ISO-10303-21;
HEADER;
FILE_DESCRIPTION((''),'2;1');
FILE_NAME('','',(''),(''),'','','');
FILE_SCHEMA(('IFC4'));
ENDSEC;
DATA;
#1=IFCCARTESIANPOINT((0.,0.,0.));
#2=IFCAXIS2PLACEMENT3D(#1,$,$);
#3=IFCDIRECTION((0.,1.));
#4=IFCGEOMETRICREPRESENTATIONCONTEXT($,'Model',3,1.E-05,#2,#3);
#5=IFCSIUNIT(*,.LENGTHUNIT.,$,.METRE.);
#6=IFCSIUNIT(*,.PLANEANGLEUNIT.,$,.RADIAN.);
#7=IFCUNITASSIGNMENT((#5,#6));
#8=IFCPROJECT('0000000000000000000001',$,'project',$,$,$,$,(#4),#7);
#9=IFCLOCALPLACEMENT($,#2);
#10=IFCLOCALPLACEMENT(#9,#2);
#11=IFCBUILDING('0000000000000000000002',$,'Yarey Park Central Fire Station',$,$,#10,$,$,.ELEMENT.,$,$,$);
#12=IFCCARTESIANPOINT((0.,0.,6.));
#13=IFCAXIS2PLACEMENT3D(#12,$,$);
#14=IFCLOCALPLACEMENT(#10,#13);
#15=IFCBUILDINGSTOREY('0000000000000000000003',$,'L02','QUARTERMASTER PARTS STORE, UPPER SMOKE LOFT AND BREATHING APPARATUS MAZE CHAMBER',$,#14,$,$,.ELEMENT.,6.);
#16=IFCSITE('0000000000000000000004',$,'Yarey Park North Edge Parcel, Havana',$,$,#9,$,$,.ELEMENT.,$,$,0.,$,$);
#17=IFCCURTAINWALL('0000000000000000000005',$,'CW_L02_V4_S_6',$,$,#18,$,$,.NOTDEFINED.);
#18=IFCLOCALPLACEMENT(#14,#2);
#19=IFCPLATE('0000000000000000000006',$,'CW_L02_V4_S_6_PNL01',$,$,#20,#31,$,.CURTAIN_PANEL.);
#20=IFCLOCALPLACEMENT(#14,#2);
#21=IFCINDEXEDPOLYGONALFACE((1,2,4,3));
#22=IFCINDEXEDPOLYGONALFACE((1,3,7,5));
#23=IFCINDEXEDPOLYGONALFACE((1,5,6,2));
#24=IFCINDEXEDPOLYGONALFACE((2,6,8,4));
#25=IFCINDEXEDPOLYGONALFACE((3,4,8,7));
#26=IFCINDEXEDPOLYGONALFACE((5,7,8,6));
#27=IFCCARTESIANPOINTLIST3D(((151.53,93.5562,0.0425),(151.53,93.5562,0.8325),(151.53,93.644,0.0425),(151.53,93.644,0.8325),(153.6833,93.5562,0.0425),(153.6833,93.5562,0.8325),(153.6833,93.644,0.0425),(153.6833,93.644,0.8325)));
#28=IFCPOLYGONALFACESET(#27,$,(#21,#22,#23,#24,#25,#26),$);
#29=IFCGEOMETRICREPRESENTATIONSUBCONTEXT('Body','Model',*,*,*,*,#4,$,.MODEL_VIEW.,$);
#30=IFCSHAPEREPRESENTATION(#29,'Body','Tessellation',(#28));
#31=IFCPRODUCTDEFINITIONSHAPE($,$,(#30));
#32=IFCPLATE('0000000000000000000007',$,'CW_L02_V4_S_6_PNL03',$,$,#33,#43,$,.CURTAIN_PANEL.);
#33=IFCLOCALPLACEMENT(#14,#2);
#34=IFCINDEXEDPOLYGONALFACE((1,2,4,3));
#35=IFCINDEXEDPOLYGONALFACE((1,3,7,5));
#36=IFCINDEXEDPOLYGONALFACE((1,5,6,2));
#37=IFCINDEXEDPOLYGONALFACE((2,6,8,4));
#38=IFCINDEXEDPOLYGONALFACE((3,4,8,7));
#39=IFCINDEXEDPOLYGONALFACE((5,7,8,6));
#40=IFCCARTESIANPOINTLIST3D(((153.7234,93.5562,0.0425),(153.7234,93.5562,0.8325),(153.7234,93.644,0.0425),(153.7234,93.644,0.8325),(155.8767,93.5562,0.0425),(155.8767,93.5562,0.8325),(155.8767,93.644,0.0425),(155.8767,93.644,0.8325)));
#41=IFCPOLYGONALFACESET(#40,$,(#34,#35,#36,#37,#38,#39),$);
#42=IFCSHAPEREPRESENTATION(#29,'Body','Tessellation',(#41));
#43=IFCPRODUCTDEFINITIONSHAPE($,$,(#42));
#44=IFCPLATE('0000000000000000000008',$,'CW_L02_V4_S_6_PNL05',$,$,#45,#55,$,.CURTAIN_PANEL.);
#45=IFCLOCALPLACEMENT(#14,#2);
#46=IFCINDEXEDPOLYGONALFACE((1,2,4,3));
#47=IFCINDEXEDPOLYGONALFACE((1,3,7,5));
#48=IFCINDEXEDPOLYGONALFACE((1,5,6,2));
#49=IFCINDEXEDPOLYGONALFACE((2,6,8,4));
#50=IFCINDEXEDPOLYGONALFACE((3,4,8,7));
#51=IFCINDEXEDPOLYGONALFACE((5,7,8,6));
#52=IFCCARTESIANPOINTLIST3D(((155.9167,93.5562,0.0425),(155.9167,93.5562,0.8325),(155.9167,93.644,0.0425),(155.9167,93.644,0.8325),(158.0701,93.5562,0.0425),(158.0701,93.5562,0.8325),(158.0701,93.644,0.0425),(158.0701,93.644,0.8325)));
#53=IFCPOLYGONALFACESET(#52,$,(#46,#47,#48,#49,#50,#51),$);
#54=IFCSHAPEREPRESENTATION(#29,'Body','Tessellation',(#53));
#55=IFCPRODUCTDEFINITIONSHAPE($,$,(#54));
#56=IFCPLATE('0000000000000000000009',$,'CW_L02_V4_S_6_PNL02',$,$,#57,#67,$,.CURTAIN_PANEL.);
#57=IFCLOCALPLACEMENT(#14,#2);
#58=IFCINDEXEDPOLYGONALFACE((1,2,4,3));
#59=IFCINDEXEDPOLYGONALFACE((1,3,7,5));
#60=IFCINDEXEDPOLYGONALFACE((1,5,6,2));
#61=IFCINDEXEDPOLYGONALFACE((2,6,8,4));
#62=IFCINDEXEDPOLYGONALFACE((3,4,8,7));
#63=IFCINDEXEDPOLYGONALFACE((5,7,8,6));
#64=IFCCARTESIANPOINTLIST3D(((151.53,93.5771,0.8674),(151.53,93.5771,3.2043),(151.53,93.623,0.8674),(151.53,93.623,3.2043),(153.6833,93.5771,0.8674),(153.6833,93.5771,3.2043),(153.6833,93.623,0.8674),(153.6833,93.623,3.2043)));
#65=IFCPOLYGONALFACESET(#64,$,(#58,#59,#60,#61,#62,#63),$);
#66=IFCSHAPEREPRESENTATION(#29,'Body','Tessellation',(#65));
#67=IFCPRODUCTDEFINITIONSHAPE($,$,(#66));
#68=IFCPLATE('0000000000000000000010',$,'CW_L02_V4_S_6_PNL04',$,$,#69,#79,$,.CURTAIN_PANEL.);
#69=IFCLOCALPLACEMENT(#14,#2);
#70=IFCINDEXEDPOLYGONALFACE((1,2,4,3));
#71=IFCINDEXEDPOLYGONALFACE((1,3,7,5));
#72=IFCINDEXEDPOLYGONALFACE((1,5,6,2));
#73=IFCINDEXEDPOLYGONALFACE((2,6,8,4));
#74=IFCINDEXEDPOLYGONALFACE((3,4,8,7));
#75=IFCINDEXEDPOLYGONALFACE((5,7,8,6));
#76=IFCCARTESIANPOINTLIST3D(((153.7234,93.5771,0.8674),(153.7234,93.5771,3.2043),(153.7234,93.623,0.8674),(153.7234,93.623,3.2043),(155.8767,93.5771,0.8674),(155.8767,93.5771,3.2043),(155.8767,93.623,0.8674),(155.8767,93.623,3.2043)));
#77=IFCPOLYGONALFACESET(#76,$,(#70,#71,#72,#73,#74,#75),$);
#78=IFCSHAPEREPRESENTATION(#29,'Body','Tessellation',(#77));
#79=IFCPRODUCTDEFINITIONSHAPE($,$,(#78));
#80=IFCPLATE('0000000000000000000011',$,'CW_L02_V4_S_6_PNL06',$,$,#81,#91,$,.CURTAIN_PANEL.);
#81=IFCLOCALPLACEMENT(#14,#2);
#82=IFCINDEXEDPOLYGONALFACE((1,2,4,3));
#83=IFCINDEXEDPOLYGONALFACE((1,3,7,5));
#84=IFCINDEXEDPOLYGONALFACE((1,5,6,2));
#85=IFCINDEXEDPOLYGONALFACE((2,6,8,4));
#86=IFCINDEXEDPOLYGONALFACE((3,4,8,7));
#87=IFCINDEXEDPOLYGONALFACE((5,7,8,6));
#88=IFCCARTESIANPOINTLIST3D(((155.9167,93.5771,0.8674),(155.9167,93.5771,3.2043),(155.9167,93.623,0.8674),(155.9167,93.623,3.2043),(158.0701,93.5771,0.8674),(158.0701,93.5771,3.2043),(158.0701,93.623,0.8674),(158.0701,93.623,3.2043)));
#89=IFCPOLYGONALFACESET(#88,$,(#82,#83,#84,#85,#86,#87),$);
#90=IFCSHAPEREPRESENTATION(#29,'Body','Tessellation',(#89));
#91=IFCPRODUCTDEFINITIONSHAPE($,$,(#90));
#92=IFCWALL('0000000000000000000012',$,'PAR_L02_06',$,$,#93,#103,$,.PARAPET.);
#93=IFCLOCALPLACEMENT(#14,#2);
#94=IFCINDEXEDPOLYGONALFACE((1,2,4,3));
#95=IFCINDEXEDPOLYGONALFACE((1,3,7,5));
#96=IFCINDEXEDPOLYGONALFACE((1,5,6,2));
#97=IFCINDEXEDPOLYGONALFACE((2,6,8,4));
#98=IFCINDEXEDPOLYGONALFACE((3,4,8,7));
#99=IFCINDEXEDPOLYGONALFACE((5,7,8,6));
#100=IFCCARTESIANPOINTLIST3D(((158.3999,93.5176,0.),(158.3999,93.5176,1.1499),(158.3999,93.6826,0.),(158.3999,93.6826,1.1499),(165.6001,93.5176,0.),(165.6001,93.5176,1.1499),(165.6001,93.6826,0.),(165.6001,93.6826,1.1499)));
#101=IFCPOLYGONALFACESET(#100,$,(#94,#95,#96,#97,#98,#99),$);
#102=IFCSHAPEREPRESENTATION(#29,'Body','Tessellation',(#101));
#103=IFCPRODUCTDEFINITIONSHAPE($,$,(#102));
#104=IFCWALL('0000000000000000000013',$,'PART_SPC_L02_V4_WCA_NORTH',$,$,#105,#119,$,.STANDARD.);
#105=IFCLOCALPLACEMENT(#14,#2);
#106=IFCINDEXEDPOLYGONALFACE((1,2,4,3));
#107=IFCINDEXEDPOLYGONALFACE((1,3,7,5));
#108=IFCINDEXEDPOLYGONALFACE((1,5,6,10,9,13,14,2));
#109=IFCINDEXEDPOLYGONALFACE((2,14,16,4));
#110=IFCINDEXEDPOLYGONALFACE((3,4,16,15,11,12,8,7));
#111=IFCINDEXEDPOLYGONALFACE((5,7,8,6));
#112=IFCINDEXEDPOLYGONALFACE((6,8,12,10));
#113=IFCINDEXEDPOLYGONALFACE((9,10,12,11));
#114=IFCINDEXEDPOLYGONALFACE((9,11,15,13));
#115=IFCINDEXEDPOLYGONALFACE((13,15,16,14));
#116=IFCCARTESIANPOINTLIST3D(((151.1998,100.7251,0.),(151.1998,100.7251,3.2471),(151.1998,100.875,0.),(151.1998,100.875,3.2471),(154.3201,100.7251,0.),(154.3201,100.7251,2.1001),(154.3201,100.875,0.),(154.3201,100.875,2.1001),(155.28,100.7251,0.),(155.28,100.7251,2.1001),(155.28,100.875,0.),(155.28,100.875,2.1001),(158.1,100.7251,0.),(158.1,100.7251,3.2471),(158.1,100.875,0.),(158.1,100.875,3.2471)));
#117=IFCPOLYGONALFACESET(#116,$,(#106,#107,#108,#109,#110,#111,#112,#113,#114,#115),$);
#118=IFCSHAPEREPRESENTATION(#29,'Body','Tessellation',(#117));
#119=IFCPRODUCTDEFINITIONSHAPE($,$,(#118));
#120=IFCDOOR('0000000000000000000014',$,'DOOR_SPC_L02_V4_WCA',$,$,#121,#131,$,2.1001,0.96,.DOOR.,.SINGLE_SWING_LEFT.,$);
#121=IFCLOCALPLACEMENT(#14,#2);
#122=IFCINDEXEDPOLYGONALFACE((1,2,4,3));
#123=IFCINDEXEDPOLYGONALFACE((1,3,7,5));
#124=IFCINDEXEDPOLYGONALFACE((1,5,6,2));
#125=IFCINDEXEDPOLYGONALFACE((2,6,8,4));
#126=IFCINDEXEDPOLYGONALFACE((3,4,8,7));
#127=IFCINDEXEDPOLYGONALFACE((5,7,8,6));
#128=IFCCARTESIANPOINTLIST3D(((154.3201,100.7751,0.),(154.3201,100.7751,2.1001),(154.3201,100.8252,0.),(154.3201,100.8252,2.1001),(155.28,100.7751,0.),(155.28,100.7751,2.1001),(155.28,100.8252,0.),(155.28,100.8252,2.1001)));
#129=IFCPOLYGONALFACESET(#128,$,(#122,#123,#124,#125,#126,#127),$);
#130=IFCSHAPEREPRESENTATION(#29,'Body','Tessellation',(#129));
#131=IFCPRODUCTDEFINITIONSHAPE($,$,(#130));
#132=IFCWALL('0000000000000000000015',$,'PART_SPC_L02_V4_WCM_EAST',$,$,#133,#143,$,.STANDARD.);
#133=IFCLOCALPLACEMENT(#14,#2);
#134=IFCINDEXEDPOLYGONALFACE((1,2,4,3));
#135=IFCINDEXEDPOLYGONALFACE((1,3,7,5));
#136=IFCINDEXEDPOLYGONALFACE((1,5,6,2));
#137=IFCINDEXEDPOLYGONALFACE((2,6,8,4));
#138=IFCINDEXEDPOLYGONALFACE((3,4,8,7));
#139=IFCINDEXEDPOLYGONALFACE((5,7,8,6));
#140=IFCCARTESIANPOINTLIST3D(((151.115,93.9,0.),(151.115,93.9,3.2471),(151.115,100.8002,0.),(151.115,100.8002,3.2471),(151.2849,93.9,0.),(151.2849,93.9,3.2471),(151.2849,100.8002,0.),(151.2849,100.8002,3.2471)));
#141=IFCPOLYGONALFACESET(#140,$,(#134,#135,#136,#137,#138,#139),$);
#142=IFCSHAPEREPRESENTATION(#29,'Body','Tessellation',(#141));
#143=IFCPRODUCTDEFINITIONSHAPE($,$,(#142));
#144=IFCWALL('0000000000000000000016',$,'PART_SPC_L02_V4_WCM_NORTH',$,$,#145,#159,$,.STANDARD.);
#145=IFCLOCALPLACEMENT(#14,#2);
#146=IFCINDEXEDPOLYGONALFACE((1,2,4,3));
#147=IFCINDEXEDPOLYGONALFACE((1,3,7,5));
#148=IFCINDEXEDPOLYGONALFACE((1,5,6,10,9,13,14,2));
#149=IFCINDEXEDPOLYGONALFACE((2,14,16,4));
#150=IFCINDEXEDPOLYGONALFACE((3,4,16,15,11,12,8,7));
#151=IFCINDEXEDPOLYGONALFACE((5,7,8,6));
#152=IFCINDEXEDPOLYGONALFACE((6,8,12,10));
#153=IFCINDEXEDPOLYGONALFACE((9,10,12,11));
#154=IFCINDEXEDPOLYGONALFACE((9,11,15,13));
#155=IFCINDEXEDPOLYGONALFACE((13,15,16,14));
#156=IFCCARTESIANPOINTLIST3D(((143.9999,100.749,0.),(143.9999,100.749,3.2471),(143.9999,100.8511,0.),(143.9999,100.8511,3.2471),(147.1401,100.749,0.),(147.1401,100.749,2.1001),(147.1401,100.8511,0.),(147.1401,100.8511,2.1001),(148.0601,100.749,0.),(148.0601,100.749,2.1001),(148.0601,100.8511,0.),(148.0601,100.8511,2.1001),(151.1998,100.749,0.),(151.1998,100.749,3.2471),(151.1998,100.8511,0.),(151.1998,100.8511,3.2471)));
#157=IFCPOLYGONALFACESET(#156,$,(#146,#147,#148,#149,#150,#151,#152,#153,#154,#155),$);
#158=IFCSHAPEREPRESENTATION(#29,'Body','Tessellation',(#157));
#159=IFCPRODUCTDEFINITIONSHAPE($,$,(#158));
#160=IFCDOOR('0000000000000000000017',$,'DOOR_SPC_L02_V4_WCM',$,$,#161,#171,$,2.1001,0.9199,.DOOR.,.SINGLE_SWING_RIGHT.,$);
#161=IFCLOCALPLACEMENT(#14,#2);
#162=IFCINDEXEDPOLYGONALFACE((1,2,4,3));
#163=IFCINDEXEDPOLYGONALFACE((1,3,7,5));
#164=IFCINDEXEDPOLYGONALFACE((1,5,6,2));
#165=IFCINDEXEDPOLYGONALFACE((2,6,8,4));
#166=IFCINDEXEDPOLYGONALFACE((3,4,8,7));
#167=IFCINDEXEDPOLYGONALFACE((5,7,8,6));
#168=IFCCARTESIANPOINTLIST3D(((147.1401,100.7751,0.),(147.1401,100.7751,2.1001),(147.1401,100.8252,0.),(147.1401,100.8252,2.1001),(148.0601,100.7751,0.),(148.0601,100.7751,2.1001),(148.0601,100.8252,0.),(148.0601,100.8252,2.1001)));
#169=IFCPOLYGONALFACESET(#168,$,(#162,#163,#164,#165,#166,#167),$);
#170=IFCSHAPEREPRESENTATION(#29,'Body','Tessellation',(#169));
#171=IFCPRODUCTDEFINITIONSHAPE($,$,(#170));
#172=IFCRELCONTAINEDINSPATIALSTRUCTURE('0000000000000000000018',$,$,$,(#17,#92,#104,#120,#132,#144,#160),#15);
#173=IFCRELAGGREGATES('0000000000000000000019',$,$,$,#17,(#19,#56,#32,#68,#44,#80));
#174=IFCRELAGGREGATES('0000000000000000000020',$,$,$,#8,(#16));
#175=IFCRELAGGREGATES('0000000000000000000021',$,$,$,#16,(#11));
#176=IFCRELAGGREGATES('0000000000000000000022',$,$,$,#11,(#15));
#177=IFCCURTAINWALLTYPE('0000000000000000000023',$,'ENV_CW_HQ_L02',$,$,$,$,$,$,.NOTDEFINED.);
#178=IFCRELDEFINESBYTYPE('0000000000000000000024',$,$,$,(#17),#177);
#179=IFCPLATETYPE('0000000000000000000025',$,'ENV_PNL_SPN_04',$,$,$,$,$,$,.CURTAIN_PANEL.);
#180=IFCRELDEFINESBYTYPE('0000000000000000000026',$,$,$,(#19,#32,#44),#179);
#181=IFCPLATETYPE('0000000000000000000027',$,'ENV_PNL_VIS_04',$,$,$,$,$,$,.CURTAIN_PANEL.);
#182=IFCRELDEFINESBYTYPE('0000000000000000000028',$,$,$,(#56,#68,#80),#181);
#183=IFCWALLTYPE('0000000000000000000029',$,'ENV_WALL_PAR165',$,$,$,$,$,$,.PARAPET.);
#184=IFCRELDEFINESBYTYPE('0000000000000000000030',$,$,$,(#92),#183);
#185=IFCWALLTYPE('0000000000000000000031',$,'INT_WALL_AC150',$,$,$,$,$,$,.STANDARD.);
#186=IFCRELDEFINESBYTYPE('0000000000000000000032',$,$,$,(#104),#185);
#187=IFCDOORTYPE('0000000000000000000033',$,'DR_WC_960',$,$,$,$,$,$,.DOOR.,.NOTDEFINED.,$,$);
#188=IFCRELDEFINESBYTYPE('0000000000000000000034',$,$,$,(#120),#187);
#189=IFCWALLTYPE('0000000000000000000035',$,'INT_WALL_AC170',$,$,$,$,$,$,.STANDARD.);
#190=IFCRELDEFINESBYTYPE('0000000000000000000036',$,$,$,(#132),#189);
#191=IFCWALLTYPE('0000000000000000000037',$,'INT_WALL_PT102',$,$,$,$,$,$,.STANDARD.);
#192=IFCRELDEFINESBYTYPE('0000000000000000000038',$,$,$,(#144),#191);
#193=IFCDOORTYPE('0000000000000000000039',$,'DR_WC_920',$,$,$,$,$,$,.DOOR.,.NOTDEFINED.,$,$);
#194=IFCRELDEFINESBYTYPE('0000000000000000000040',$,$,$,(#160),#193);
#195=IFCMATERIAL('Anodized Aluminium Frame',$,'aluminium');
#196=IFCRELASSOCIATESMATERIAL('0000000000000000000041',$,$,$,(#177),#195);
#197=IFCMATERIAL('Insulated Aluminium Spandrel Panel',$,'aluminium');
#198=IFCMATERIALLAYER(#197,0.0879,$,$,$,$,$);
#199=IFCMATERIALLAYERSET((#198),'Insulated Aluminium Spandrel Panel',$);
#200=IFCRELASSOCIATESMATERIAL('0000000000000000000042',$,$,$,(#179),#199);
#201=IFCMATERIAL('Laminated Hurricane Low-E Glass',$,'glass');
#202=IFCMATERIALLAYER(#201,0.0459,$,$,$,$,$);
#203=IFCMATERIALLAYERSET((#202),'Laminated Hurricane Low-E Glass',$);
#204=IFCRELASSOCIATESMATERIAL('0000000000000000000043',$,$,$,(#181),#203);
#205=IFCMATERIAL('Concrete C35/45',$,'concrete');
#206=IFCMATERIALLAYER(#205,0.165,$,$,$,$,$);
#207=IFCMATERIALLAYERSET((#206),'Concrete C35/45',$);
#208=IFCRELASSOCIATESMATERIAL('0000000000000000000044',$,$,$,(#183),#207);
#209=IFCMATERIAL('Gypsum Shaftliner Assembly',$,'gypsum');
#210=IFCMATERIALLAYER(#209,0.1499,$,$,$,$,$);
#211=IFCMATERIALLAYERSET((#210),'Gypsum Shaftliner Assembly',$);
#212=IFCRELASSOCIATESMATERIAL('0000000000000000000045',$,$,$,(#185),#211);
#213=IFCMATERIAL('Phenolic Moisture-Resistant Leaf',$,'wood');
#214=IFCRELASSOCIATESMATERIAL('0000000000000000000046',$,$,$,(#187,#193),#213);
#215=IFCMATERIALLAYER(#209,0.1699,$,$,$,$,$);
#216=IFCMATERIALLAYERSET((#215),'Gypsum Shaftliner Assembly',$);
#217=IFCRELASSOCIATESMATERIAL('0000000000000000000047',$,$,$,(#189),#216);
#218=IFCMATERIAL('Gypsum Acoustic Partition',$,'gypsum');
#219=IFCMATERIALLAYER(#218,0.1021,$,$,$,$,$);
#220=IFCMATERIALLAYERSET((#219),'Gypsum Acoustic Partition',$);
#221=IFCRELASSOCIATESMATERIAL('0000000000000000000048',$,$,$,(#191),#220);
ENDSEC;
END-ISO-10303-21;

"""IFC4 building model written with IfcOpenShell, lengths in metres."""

from ifc_helpers import new_model, si_unit, direction, frame, frame_2d, origin, origin_2d, place, context, subcontext, project, spatial, rectangle, extrude, material, layer, layer_set, type_object, element, fill, aggregate, save


model = new_model("IFC4")

# Units and contexts
model_context = context("Model", 3, precision=1e-05, world=origin(), true_north=direction((0.0, 1.0)))
body_context = subcontext(model_context, "Body", "Model", "MODEL_VIEW")
ifc_project = project(units=[si_unit("LENGTHUNIT", "METRE"), si_unit("PLANEANGLEUNIT", "RADIAN")], contexts=[model_context])

# Site, building, storey
site_placement = place(None, origin())
site = spatial("IfcSite", under=ifc_project, at=site_placement, Name="Yarey Park North Edge Parcel, Havana", CompositionType="ELEMENT", RefElevation=0.0)
building_placement = place(site_placement, origin())
building = spatial("IfcBuilding", under=site, at=building_placement, Name="Yarey Park Central Fire Station", CompositionType="ELEMENT")
storey_placement = place(building_placement, frame((0.0, 0.0, 6.0)))
storey = spatial("IfcBuildingStorey", under=building, at=storey_placement, Name="L02", Description="QUARTERMASTER PARTS STORE, UPPER SMOKE LOFT AND BREATHING APPARATUS MAZE CHAMBER", CompositionType="ELEMENT", Elevation=6.0)

# Shared definitions
ifc_material_1 = material(Name="Anodized Aluminium Frame", Category="aluminium")
curtain_wall_type = type_object("IfcCurtainWallType", Name="ENV_CW_HQ_L02", PredefinedType="NOTDEFINED", material=ifc_material_1)

# Curtain wall
curtain_wall_1_placement = place(storey_placement, origin())
curtain_wall_1 = element("IfcCurtainWall", 1, at=curtain_wall_1_placement, inside=storey, type_object=curtain_wall_type, Name="CW_L02_V4_S_6", PredefinedType="NOTDEFINED")

# Plates
ifc_material_2 = material(Name="Insulated Aluminium Spandrel Panel", Category="aluminium")
ifc_layer_1 = layer(ifc_material_2, 0.0879)
ifc_layer_set_1 = layer_set([ifc_layer_1], Name="Insulated Aluminium Spandrel Panel")
plate_type_1 = type_object("IfcPlateType", Name="ENV_PNL_SPN_04", PredefinedType="CURTAIN_PANEL", material=ifc_layer_set_1)
plate_1_placement = place(storey_placement, frame((152.6067, 93.6001, 0.0425), z_axis=(0.0, 0.0, 1.0), x_axis=(1.0, 0.0, 0.0)))
plate_1 = element("IfcPlate", 2, at=plate_1_placement, type_object=plate_type_1, Name="CW_L02_V4_S_6_PNL01", PredefinedType="CURTAIN_PANEL", context=body_context, shape_type="SweptSolid", body=[
    extrude(rectangle(XDim=2.1533, YDim=0.0879, at=origin_2d()), origin(), (0.0, 0.0, 1.0), 0.79),
])
plate_2_placement = place(storey_placement, frame((154.8, 93.6001, 0.0425), z_axis=(0.0, 0.0, 1.0), x_axis=(1.0, 0.0, 0.0)))
plate_2 = element("IfcPlate", 3, at=plate_2_placement, type_object=plate_type_1, Name="CW_L02_V4_S_6_PNL03", PredefinedType="CURTAIN_PANEL", context=body_context, shape_type="SweptSolid", body=[
    extrude(rectangle(XDim=2.1533, YDim=0.0879, at=origin_2d()), origin(), (0.0, 0.0, 1.0), 0.79),
])
plate_3_placement = place(storey_placement, frame((156.9934, 93.6001, 0.0425), z_axis=(0.0, 0.0, 1.0), x_axis=(1.0, 0.0, 0.0)))
plate_3 = element("IfcPlate", 4, at=plate_3_placement, type_object=plate_type_1, Name="CW_L02_V4_S_6_PNL05", PredefinedType="CURTAIN_PANEL", context=body_context, shape_type="SweptSolid", body=[
    extrude(rectangle(XDim=2.1533, YDim=0.0879, at=origin_2d()), origin(), (0.0, 0.0, 1.0), 0.79),
])
ifc_material_3 = material(Name="Laminated Hurricane Low-E Glass", Category="glass")
ifc_layer_2 = layer(ifc_material_3, 0.0459)
ifc_layer_set_2 = layer_set([ifc_layer_2], Name="Laminated Hurricane Low-E Glass")
plate_type_2 = type_object("IfcPlateType", Name="ENV_PNL_VIS_04", PredefinedType="CURTAIN_PANEL", material=ifc_layer_set_2)
plate_4_placement = place(storey_placement, frame((152.6067, 93.6001, 0.8674), z_axis=(0.0, 0.0, 1.0), x_axis=(1.0, 0.0, 0.0)))
plate_4 = element("IfcPlate", 5, at=plate_4_placement, type_object=plate_type_2, Name="CW_L02_V4_S_6_PNL02", PredefinedType="CURTAIN_PANEL", context=body_context, shape_type="SweptSolid", body=[
    extrude(rectangle(XDim=2.1533, YDim=0.0459, at=origin_2d()), origin(), (0.0, 0.0, 1.0), 2.3369),
])
plate_5_placement = place(storey_placement, frame((154.8, 93.6001, 0.8674), z_axis=(0.0, 0.0, 1.0), x_axis=(1.0, 0.0, 0.0)))
plate_5 = element("IfcPlate", 6, at=plate_5_placement, type_object=plate_type_2, Name="CW_L02_V4_S_6_PNL04", PredefinedType="CURTAIN_PANEL", context=body_context, shape_type="SweptSolid", body=[
    extrude(rectangle(XDim=2.1533, YDim=0.0459, at=origin_2d()), origin(), (0.0, 0.0, 1.0), 2.3369),
])
plate_6_placement = place(storey_placement, frame((156.9934, 93.6001, 0.8674), z_axis=(0.0, 0.0, 1.0), x_axis=(1.0, 0.0, 0.0)))
plate_6 = element("IfcPlate", 7, at=plate_6_placement, type_object=plate_type_2, Name="CW_L02_V4_S_6_PNL06", PredefinedType="CURTAIN_PANEL", context=body_context, shape_type="SweptSolid", body=[
    extrude(rectangle(XDim=2.1533, YDim=0.0459, at=origin_2d()), origin(), (0.0, 0.0, 1.0), 2.3369),
])
aggregate(curtain_wall_1, [plate_1, plate_4, plate_2, plate_5, plate_3, plate_6])

# Wall
ifc_material_4 = material(Name="Concrete C35/45", Category="concrete")
ifc_layer_3 = layer(ifc_material_4, 0.165)
ifc_layer_set_3 = layer_set([ifc_layer_3], Name="Concrete C35/45")
wall_type_1 = type_object("IfcWallType", Name="ENV_WALL_PAR165", PredefinedType="PARAPET", material=ifc_layer_set_3)
wall_1_placement = place(storey_placement, frame((158.3999, 93.6001, 0.0), z_axis=(0.0, 0.0, 1.0), x_axis=(1.0, 0.0, 0.0)))
element("IfcWall", 8, at=wall_1_placement, inside=storey, type_object=wall_type_1, Name="PAR_L02_06", PredefinedType="PARAPET", context=body_context, shape_type="SweptSolid", body=[
    extrude(rectangle(XDim=7.2002, YDim=0.165, at=frame_2d((3.6001, 0.0))), origin(), (0.0, 0.0, 1.0), 1.1499),
])

# Wall, opening, door
ifc_material_5 = material(Name="Gypsum Shaftliner Assembly", Category="gypsum")
ifc_layer_4 = layer(ifc_material_5, 0.1499)
ifc_layer_set_4 = layer_set([ifc_layer_4], Name="Gypsum Shaftliner Assembly")
wall_type_2 = type_object("IfcWallType", Name="INT_WALL_AC150", PredefinedType="STANDARD", material=ifc_layer_set_4)
wall_2_placement = place(storey_placement, frame((158.1001, 100.8, 0.0), z_axis=(0.0, 0.0, 1.0), x_axis=(-1.0, 0.0, 0.0)))
wall_2 = element("IfcWall", 9, at=wall_2_placement, inside=storey, type_object=wall_type_2, Name="PART_SPC_L02_V4_WCA_NORTH", PredefinedType="STANDARD", context=body_context, shape_type="SweptSolid", body=[
    extrude(rectangle(XDim=6.9001, YDim=0.1499, at=frame_2d((3.4502, 0.0))), origin(), (0.0, 0.0, 1.0), 3.2471),
])
opening_1_placement = place(wall_2_placement, frame((2.8201, 0.0, 0.0)))
opening_1 = element("IfcOpeningElement", 10, at=opening_1_placement, cuts=wall_2, PredefinedType="OPENING", context=body_context, shape_type="SweptSolid", body=[
    extrude(rectangle(XDim=0.96, YDim=2.1001, at=frame_2d((0.48, 1.05))), frame((0.0, 0.085, 0.0), z_axis=(0.0, -1.0, 0.0), x_axis=(1.0, 0.0, 0.0)), (0.0, 0.0, 1.0), 0.1699),
])
ifc_material_6 = material(Name="Phenolic Moisture-Resistant Leaf", Category="wood")
door_type_1 = type_object("IfcDoorType", Name="DR_WC_960", OperationType="NOTDEFINED", PredefinedType="DOOR", material=ifc_material_6)
door_1_placement = place(opening_1_placement, origin())
door_1 = element("IfcDoor", 11, at=door_1_placement, inside=storey, type_object=door_type_1, Name="DOOR_SPC_L02_V4_WCA", OperationType="SINGLE_SWING_LEFT", OverallHeight=2.1001, OverallWidth=0.96, PredefinedType="DOOR", context=body_context, shape_type="SweptSolid", body=[
    extrude(rectangle(XDim=0.96, YDim=2.1001, at=frame_2d((0.48, 1.05))), frame((0.0, 0.0249, 0.0), z_axis=(0.0, -1.0, 0.0), x_axis=(1.0, 0.0, 0.0)), (0.0, 0.0, 1.0), 0.05),
])
fill(opening_1, door_1)

# Wall
ifc_layer_5 = layer(ifc_material_5, 0.1699)
ifc_layer_set_5 = layer_set([ifc_layer_5], Name="Gypsum Shaftliner Assembly")
wall_type_3 = type_object("IfcWallType", Name="INT_WALL_AC170", PredefinedType="STANDARD", material=ifc_layer_set_5)
wall_3_placement = place(storey_placement, frame((151.2, 93.8999, 0.0), z_axis=(0.0, 0.0, 1.0), x_axis=(0.0, 1.0, 0.0)))
element("IfcWall", 12, at=wall_3_placement, inside=storey, type_object=wall_type_3, Name="PART_SPC_L02_V4_WCM_EAST", PredefinedType="STANDARD", context=body_context, shape_type="SweptSolid", body=[
    extrude(rectangle(XDim=6.9001, YDim=0.1699, at=frame_2d((3.4502, 0.0))), origin(), (0.0, 0.0, 1.0), 3.2471),
])

# Wall, opening, door
ifc_material_7 = material(Name="Gypsum Acoustic Partition", Category="gypsum")
ifc_layer_6 = layer(ifc_material_7, 0.1021)
ifc_layer_set_6 = layer_set([ifc_layer_6], Name="Gypsum Acoustic Partition")
wall_type_4 = type_object("IfcWallType", Name="INT_WALL_PT102", PredefinedType="STANDARD", material=ifc_layer_set_6)
wall_4_placement = place(storey_placement, frame((151.2, 100.8, 0.0), z_axis=(0.0, 0.0, 1.0), x_axis=(-1.0, 0.0, 0.0)))
wall_4 = element("IfcWall", 13, at=wall_4_placement, inside=storey, type_object=wall_type_4, Name="PART_SPC_L02_V4_WCM_NORTH", PredefinedType="STANDARD", context=body_context, shape_type="SweptSolid", body=[
    extrude(rectangle(XDim=7.2, YDim=0.1021, at=frame_2d((3.6001, 0.0))), origin(), (0.0, 0.0, 1.0), 3.2471),
])
opening_2_placement = place(wall_4_placement, frame((3.1399, 0.0, 0.0)))
opening_2 = element("IfcOpeningElement", 14, at=opening_2_placement, cuts=wall_4, PredefinedType="OPENING", context=body_context, shape_type="SweptSolid", body=[
    extrude(rectangle(XDim=0.9199, YDim=2.1001, at=frame_2d((0.46, 1.05))), frame((0.0, 0.061, 0.0), z_axis=(0.0, -1.0, 0.0), x_axis=(1.0, 0.0, 0.0)), (0.0, 0.0, 1.0), 0.1221),
])
door_type_2 = type_object("IfcDoorType", Name="DR_WC_920", OperationType="NOTDEFINED", PredefinedType="DOOR", material=ifc_material_6)
door_2_placement = place(opening_2_placement, origin())
door_2 = element("IfcDoor", 15, at=door_2_placement, inside=storey, type_object=door_type_2, Name="DOOR_SPC_L02_V4_WCM", OperationType="SINGLE_SWING_RIGHT", OverallHeight=2.1001, OverallWidth=0.9199, PredefinedType="DOOR", context=body_context, shape_type="SweptSolid", body=[
    extrude(rectangle(XDim=0.9199, YDim=2.1001, at=frame_2d((0.46, 1.05))), frame((0.0, 0.0249, 0.0), z_axis=(0.0, -1.0, 0.0), x_axis=(1.0, 0.0, 0.0)), (0.0, 0.0, 1.0), 0.05),
])
fill(opening_2, door_2)

save(model, "model.ifc")
